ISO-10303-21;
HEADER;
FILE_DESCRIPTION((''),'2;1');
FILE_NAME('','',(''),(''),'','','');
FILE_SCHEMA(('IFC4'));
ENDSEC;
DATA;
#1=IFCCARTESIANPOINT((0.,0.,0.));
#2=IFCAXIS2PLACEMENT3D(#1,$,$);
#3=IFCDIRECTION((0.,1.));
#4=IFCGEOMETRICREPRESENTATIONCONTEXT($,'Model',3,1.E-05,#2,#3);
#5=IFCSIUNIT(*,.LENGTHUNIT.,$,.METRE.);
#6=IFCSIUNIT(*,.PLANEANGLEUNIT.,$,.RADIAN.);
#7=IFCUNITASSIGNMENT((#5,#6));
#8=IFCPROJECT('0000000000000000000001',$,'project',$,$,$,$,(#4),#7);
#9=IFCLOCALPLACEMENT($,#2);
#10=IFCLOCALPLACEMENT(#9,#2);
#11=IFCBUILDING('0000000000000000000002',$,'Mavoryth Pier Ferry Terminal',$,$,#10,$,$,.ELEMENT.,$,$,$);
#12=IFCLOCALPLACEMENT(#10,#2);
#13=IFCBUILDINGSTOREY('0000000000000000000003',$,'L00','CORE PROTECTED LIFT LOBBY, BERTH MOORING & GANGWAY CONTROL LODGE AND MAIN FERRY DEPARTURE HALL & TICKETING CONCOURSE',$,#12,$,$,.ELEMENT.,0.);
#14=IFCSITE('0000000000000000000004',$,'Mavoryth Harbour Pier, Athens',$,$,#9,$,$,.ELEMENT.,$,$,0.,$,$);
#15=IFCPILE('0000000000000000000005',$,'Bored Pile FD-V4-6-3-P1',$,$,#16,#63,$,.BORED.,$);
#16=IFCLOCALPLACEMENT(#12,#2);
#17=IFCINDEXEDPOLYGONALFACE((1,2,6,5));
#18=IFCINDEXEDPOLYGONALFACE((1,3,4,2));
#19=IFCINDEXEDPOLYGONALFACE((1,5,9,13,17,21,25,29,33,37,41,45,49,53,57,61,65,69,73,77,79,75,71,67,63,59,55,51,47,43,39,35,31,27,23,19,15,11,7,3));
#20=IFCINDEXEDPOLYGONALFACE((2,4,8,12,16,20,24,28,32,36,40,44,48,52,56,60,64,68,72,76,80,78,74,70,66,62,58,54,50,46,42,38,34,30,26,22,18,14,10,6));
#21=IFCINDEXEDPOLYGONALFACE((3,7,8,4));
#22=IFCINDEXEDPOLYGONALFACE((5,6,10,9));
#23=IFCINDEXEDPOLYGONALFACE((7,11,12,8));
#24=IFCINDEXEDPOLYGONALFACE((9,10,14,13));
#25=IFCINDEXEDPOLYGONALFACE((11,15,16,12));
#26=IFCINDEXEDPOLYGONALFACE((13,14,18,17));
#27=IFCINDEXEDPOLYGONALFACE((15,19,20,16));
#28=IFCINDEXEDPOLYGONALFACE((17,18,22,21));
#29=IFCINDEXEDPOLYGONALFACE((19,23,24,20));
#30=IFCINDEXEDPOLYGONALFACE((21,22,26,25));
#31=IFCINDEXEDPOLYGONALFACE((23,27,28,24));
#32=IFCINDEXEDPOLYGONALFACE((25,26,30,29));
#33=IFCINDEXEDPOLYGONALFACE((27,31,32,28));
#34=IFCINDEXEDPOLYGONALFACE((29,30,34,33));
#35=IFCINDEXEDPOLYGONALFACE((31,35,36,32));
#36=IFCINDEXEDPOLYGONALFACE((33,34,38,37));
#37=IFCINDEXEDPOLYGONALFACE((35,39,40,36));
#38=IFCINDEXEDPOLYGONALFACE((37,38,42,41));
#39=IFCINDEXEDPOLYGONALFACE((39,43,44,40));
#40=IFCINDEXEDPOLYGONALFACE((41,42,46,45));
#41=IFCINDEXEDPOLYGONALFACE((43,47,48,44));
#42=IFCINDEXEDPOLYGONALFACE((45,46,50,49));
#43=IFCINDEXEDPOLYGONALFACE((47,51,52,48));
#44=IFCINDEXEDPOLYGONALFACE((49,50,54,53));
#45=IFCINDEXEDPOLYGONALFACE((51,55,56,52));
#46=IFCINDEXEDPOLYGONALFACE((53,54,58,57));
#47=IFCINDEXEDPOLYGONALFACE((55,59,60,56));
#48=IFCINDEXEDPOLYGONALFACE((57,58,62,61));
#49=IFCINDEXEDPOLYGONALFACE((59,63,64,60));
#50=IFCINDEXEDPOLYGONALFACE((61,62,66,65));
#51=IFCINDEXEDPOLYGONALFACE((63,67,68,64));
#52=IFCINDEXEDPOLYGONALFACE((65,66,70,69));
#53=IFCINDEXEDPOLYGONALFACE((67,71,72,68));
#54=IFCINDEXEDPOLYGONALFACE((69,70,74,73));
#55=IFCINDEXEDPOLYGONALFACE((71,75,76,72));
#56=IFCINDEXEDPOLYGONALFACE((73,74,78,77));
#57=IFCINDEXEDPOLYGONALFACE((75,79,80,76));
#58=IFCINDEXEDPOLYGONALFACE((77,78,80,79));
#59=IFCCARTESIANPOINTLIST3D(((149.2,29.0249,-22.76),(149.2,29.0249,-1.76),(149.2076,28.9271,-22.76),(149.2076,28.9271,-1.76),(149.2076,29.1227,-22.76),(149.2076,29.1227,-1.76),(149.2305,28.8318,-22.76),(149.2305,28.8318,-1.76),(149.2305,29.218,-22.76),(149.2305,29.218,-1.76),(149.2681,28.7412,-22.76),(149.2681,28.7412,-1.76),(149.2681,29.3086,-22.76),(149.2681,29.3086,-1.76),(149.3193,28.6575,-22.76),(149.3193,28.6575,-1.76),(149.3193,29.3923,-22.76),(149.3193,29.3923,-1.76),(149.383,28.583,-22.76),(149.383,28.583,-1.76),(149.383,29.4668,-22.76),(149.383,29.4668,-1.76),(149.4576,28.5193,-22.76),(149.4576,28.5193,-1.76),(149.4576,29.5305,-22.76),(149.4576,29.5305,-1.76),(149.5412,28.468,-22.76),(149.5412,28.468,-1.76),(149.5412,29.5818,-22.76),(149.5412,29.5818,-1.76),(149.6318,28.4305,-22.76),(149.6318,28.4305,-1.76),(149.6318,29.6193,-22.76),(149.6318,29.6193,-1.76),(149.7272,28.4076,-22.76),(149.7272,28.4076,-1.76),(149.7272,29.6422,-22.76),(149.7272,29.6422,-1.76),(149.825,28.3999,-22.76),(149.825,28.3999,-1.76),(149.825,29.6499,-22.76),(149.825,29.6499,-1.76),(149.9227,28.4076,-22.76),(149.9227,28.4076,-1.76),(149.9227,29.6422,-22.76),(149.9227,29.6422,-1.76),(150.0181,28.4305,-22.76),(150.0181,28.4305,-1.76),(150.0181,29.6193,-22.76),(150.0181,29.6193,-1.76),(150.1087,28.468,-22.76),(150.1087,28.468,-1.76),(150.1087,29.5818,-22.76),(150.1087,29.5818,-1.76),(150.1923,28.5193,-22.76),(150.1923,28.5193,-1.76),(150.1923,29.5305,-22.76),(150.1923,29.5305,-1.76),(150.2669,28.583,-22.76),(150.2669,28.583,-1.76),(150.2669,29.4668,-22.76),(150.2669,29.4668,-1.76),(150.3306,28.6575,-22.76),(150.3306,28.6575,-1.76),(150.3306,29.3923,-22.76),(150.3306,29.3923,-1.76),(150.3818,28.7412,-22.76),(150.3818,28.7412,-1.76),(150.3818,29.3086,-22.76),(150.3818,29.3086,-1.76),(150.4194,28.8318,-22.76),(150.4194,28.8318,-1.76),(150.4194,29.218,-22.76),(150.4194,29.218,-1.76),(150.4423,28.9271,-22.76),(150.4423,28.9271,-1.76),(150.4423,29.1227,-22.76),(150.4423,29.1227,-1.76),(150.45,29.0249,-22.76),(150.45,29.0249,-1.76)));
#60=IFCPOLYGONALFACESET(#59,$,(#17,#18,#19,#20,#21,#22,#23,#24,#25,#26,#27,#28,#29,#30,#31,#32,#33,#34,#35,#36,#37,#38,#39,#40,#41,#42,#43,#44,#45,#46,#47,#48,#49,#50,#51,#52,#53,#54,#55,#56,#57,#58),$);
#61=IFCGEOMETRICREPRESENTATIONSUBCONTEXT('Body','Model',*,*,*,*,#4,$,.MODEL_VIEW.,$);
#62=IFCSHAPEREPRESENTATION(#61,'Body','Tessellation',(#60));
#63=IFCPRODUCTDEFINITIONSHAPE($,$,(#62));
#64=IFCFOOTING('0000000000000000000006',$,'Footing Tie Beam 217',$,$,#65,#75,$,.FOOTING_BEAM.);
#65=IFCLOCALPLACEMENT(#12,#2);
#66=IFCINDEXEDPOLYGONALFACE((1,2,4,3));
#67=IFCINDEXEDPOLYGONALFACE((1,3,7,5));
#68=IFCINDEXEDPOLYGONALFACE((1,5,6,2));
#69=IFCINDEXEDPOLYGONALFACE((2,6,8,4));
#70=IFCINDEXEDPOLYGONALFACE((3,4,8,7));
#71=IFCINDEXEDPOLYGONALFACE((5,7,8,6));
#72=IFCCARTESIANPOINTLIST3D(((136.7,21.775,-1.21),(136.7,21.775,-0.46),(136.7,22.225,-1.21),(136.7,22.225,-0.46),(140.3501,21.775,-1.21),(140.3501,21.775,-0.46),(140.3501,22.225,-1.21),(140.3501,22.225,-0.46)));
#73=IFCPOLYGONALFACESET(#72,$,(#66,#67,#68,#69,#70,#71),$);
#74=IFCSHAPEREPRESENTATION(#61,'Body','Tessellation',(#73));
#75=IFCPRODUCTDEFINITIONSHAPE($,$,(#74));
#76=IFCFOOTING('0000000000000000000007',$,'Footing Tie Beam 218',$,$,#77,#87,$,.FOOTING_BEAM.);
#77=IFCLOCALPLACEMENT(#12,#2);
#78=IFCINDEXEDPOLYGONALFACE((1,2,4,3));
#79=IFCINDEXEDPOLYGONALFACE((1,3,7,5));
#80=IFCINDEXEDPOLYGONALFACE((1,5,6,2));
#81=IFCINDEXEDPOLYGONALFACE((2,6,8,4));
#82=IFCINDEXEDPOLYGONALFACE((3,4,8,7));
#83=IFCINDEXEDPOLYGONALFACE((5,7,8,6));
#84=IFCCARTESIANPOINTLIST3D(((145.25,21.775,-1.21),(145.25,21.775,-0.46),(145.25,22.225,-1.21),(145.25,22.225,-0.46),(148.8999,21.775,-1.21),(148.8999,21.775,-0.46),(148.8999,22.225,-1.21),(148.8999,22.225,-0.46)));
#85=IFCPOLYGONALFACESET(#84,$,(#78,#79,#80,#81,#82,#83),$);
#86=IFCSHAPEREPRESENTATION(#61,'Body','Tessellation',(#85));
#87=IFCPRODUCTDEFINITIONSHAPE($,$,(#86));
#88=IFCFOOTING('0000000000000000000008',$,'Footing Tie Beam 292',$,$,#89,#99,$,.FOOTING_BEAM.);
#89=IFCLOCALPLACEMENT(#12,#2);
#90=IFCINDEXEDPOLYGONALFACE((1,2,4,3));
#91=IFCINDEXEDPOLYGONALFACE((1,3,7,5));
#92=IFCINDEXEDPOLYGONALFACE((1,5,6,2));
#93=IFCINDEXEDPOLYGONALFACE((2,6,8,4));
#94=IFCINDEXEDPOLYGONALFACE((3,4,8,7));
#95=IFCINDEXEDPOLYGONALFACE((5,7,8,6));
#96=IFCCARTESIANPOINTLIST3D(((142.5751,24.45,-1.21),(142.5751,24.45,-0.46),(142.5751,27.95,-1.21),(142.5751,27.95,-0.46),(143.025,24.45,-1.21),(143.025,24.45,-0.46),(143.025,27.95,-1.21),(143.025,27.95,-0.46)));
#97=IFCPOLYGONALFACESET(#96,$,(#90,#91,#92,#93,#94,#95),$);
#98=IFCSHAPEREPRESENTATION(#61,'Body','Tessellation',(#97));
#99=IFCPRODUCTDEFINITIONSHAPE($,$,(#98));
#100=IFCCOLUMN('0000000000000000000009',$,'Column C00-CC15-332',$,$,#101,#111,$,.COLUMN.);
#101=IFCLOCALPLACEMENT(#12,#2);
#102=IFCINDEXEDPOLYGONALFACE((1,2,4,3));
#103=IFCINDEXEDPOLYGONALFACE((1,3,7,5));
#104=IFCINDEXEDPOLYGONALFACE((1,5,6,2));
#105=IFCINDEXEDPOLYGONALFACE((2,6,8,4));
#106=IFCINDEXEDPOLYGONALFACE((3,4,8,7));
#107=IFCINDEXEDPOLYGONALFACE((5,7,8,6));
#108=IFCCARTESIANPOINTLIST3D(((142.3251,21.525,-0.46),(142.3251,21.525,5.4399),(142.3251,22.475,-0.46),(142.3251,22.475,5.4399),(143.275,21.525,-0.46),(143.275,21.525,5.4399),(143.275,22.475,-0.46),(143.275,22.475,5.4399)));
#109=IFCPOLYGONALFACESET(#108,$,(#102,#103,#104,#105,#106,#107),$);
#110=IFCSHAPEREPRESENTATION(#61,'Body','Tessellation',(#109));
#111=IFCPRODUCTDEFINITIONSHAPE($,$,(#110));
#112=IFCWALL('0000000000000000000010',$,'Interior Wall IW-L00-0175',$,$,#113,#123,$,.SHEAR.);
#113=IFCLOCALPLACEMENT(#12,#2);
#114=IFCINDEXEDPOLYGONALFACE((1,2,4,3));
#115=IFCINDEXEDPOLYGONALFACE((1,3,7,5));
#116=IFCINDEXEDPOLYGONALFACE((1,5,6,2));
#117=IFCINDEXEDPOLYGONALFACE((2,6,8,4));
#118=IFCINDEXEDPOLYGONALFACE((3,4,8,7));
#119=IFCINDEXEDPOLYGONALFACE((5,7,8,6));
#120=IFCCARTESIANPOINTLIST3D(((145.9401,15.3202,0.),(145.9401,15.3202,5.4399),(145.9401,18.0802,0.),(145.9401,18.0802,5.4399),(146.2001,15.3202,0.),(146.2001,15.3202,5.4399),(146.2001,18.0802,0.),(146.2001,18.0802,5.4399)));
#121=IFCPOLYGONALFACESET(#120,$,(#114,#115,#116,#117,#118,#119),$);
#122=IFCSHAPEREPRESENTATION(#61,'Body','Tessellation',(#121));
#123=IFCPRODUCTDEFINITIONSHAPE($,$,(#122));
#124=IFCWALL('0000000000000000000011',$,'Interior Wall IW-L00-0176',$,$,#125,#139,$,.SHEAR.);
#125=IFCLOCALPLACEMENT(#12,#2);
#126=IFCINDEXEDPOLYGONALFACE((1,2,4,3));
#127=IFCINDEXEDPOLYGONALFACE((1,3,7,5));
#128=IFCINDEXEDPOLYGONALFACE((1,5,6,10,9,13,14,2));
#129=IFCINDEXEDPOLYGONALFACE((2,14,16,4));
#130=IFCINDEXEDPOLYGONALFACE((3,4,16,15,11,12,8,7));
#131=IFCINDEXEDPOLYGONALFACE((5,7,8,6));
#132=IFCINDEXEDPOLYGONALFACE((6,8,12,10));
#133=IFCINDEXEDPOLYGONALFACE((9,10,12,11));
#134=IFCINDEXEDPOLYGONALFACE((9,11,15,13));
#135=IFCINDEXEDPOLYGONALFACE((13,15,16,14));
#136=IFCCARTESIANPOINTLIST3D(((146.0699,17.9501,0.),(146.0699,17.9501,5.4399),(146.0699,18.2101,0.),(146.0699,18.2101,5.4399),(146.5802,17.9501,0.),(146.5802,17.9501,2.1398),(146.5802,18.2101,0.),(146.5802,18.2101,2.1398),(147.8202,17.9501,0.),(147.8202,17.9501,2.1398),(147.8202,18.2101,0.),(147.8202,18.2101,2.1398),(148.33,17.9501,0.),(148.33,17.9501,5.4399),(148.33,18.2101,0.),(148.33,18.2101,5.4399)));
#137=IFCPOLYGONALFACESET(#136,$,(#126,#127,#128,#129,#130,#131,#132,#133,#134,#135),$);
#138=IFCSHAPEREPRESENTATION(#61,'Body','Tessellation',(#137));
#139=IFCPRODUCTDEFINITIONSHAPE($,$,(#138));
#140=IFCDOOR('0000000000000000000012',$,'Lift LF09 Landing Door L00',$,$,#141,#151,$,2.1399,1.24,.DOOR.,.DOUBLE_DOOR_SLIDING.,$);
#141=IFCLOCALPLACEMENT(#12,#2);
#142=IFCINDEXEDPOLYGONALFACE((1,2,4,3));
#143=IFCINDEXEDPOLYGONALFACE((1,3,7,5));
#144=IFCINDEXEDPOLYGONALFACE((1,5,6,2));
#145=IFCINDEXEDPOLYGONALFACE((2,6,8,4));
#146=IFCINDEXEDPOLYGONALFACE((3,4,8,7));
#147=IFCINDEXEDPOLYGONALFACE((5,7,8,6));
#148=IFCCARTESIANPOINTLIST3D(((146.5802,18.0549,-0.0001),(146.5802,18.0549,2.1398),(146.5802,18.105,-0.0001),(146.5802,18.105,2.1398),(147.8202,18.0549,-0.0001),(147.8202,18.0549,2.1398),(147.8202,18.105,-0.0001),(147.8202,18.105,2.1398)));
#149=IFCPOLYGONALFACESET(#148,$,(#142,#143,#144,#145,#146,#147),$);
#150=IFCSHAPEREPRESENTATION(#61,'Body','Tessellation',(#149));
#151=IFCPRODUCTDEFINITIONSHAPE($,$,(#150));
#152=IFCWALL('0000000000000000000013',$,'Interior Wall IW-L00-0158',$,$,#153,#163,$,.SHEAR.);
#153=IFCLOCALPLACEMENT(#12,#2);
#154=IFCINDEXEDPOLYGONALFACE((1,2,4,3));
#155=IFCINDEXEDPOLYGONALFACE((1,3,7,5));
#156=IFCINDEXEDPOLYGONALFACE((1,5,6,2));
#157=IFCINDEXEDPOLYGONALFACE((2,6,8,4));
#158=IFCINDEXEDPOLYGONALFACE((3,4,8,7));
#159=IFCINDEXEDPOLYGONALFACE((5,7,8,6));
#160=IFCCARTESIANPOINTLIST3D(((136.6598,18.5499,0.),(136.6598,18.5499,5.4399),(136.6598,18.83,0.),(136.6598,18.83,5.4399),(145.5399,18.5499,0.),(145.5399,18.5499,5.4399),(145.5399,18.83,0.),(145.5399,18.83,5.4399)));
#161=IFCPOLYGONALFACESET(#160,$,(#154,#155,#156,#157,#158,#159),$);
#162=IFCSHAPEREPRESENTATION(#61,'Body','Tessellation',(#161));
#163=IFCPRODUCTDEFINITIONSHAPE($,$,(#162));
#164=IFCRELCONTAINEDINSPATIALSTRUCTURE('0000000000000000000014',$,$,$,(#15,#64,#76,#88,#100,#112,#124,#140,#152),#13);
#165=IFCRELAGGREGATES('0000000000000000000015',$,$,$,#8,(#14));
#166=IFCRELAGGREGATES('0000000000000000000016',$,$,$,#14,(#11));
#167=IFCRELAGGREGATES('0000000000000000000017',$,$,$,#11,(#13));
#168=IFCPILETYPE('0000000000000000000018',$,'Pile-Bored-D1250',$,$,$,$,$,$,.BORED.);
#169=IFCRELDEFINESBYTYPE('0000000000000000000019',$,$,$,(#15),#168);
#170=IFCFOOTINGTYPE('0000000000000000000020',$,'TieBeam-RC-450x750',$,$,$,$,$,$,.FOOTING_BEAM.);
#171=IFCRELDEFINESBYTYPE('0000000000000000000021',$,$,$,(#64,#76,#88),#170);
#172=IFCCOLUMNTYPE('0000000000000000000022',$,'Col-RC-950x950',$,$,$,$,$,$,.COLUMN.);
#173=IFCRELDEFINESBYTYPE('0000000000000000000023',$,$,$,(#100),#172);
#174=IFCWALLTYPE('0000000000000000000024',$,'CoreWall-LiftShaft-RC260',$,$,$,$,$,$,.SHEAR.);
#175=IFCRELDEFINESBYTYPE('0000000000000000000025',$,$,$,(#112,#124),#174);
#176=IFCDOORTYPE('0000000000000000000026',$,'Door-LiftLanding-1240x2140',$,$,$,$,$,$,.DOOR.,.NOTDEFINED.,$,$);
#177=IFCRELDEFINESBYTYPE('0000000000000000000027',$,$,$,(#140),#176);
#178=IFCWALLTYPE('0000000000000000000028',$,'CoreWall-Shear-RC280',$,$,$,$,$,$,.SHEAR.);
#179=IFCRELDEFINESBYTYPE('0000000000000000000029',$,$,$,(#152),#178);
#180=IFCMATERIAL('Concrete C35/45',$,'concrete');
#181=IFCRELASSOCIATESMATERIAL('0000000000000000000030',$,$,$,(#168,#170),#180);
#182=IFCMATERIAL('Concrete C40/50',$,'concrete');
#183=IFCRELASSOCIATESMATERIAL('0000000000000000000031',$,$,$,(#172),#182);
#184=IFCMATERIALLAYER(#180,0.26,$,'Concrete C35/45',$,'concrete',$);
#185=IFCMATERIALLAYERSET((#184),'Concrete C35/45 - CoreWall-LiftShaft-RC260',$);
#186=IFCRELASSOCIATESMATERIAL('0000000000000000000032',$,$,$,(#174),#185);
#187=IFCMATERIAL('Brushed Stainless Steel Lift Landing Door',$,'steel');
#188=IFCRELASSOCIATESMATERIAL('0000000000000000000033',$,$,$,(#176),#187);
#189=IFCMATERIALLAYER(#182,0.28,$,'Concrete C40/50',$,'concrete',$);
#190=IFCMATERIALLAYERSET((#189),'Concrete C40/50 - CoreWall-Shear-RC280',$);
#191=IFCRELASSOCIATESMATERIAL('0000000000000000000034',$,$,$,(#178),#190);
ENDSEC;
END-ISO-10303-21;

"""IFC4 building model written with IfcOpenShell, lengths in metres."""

from ifc_helpers import new_model, si_unit, direction, frame, frame_2d, origin, origin_2d, place, context, subcontext, project, spatial, rectangle, circle, extrude, material, layer, layer_set, material_profile, profile_set, type_object, element, fill, save


model = new_model("IFC4")

# Units and contexts
model_context = context("Model", 3, precision=1e-05, world=origin(), true_north=direction((0.0, 1.0)))
body_context = subcontext(model_context, "Body", "Model", "MODEL_VIEW")
ifc_project = project(units=[si_unit("LENGTHUNIT", "METRE"), si_unit("PLANEANGLEUNIT", "RADIAN")], contexts=[model_context])

# Site, building, storey
site_placement = place(None, origin())
site = spatial("IfcSite", under=ifc_project, at=site_placement, Name="Mavoryth Harbour Pier, Athens", CompositionType="ELEMENT", RefElevation=0.0)
building_placement = place(site_placement, origin())
building = spatial("IfcBuilding", under=site, at=building_placement, Name="Mavoryth Pier Ferry Terminal", CompositionType="ELEMENT")
storey_placement = place(building_placement, origin())
storey = spatial("IfcBuildingStorey", under=building, at=storey_placement, Name="L00", Description="CORE PROTECTED LIFT LOBBY, BERTH MOORING & GANGWAY CONTROL LODGE AND MAIN FERRY DEPARTURE HALL & TICKETING CONCOURSE", CompositionType="ELEMENT", Elevation=0.0)

# Shared definitions
ifc_material_1 = material(Name="Concrete C35/45", Category="concrete")

# Pile
ifc_material_profile_1 = material_profile(ifc_material_1, circle(Radius=0.625, at=origin_2d()), Name="PILE D1250", Category="concrete")
ifc_profile_set_1 = profile_set([ifc_material_profile_1], Name="Concrete C35/45 - PILE D1250")
pile_type = type_object("IfcPileType", Name="Pile-Bored-D1250", PredefinedType="BORED", material=ifc_profile_set_1)
for number, where, z_axis, x_axis, name in (
    (1, (149.825, 29.0249, -1.76), (0.0, 0.0, -1.0), (1.0, 0.0, 0.0), "Bored Pile FD-V4-6-3-P1"),
):
    element("IfcPile", number, at=place(storey_placement, frame(where, z_axis=z_axis, x_axis=x_axis)), inside=storey, type_object=pile_type, Name=name, PredefinedType="BORED", context=body_context, shape_type="SweptSolid", body=[
        extrude(circle(Radius=0.625, at=origin_2d()), origin(), (0.0, 0.0, 1.0), 21.0),
    ])

# Footings
ifc_material_profile_2 = material_profile(ifc_material_1, rectangle(XDim=0.45, YDim=0.75, at=origin_2d()), Name="RC 450x750", Category="concrete")
ifc_profile_set_2 = profile_set([ifc_material_profile_2], Name="Concrete C35/45 - RC 450x750")
footing_type_1 = type_object("IfcFootingType", Name="TieBeam-RC-450x750", PredefinedType="FOOTING_BEAM", material=ifc_profile_set_2)
footing_1_placement = place(storey_placement, frame((136.7, 22.0, -0.835), z_axis=(1.0, 0.0, 0.0), x_axis=(0.0, 1.0, 0.0)))
element("IfcFooting", 2, at=footing_1_placement, inside=storey, type_object=footing_type_1, Name="Footing Tie Beam 217", PredefinedType="FOOTING_BEAM", context=body_context, shape_type="SweptSolid", body=[
    extrude(rectangle(XDim=0.45, YDim=0.75, at=origin_2d()), origin(), (0.0, 0.0, 1.0), 3.6501),
])
footing_2_placement = place(storey_placement, frame((145.25, 22.0, -0.835), z_axis=(1.0, 0.0, 0.0), x_axis=(0.0, 1.0, 0.0)))
element("IfcFooting", 3, at=footing_2_placement, inside=storey, type_object=footing_type_1, Name="Footing Tie Beam 218", PredefinedType="FOOTING_BEAM", context=body_context, shape_type="SweptSolid", body=[
    extrude(rectangle(XDim=0.45, YDim=0.75, at=origin_2d()), origin(), (0.0, 0.0, 1.0), 3.6499),
])
footing_3_placement = place(storey_placement, frame((142.8, 24.45, -0.835), z_axis=(0.0, 1.0, 0.0), x_axis=(-1.0, 0.0, 0.0)))
element("IfcFooting", 4, at=footing_3_placement, inside=storey, type_object=footing_type_1, Name="Footing Tie Beam 292", PredefinedType="FOOTING_BEAM", context=body_context, shape_type="SweptSolid", body=[
    extrude(rectangle(XDim=0.45, YDim=0.75, at=origin_2d()), origin(), (0.0, 0.0, 1.0), 3.5),
])

# Column
ifc_material_2 = material(Name="Concrete C40/50", Category="concrete")
ifc_material_profile_3 = material_profile(ifc_material_2, rectangle(XDim=0.95, YDim=0.95, at=origin_2d()), Name="RC 950x950", Category="concrete")
ifc_profile_set_3 = profile_set([ifc_material_profile_3], Name="Concrete C40/50 - RC 950x950")
column_type = type_object("IfcColumnType", Name="Col-RC-950x950", PredefinedType="COLUMN", material=ifc_profile_set_3)
column_placement = place(storey_placement, frame((142.8, 22.0, -0.46), z_axis=(0.0, 0.0, 1.0), x_axis=(1.0, 0.0, 0.0)))
element("IfcColumn", 5, at=column_placement, inside=storey, type_object=column_type, Name="Column C00-CC15-332", PredefinedType="COLUMN", context=body_context, shape_type="SweptSolid", body=[
    extrude(rectangle(XDim=0.95, YDim=0.95, at=origin_2d()), origin(), (0.0, 0.0, 1.0), 5.8999),
])

# Wall
ifc_layer_1 = layer(ifc_material_1, 0.26, Name="Concrete C35/45", Category="concrete")
ifc_layer_set_1 = layer_set([ifc_layer_1], Name="Concrete C35/45 - CoreWall-LiftShaft-RC260")
wall_type_1 = type_object("IfcWallType", Name="CoreWall-LiftShaft-RC260", PredefinedType="SHEAR", material=ifc_layer_set_1)
wall_1_placement = place(storey_placement, frame((146.0701, 18.0801, 0.0), z_axis=(0.0, 0.0, 1.0), x_axis=(0.0, -1.0, 0.0)))
element("IfcWall", 6, at=wall_1_placement, inside=storey, type_object=wall_type_1, Name="Interior Wall IW-L00-0175", PredefinedType="SHEAR", context=body_context, shape_type="SweptSolid", body=[
    extrude(rectangle(XDim=2.76, YDim=0.26, at=frame_2d((1.3799, 0.0))), origin(), (0.0, 0.0, 1.0), 5.4399),
])

# Wall, opening, door
wall_2_placement = place(storey_placement, frame((146.0701, 18.0801, 0.0), z_axis=(0.0, 0.0, 1.0), x_axis=(1.0, 0.0, 0.0)))
wall_2 = element("IfcWall", 7, at=wall_2_placement, inside=storey, type_object=wall_type_1, Name="Interior Wall IW-L00-0176", PredefinedType="SHEAR", context=body_context, shape_type="SweptSolid", body=[
    extrude(rectangle(XDim=2.26, YDim=0.26, at=frame_2d((1.1299, 0.0))), origin(), (0.0, 0.0, 1.0), 5.4399),
])
opening_1_placement = place(wall_2_placement, frame((0.51, 0.0, 0.0)))
opening_1 = element("IfcOpeningElement", 8, at=opening_1_placement, cuts=wall_2, PredefinedType="OPENING", context=body_context, shape_type="SweptSolid", body=[
    extrude(rectangle(XDim=1.24, YDim=2.1399, at=frame_2d((0.6201, 1.0698))), frame((0.0, 0.1399, 0.0), z_axis=(0.0, -1.0, 0.0), x_axis=(1.0, 0.0, 0.0)), (0.0, 0.0, 1.0), 0.28),
])
ifc_material_3 = material(Name="Brushed Stainless Steel Lift Landing Door", Category="steel")
door_type_1 = type_object("IfcDoorType", Name="Door-LiftLanding-1240x2140", OperationType="NOTDEFINED", PredefinedType="DOOR", material=ifc_material_3)
door_1_placement = place(opening_1_placement, origin())
door_1 = element("IfcDoor", 9, at=door_1_placement, inside=storey, type_object=door_type_1, Name="Lift LF09 Landing Door L00", OperationType="DOUBLE_DOOR_SLIDING", OverallHeight=2.1399, OverallWidth=1.24, PredefinedType="DOOR", context=body_context, shape_type="SweptSolid", body=[
    extrude(rectangle(XDim=1.24, YDim=2.1399, at=frame_2d((0.6201, 1.0698))), frame((0.0, 0.0249, 0.0), z_axis=(0.0, -1.0, 0.0), x_axis=(1.0, 0.0, 0.0)), (0.0, 0.0, 1.0), 0.05),
])
fill(opening_1, door_1)

# Wall
ifc_layer_2 = layer(ifc_material_2, 0.28, Name="Concrete C40/50", Category="concrete")
ifc_layer_set_2 = layer_set([ifc_layer_2], Name="Concrete C40/50 - CoreWall-Shear-RC280")
wall_type_2 = type_object("IfcWallType", Name="CoreWall-Shear-RC280", PredefinedType="SHEAR", material=ifc_layer_set_2)
wall_3_placement = place(storey_placement, frame((136.6599, 18.6899, 0.0), z_axis=(0.0, 0.0, 1.0), x_axis=(1.0, 0.0, 0.0)))
element("IfcWall", 10, at=wall_3_placement, inside=storey, type_object=wall_type_2, Name="Interior Wall IW-L00-0158", PredefinedType="SHEAR", context=body_context, shape_type="SweptSolid", body=[
    extrude(rectangle(XDim=8.8801, YDim=0.28, at=frame_2d((4.4399, 0.0))), origin(), (0.0, 0.0, 1.0), 5.4399),
])

save(model, "model.ifc")
